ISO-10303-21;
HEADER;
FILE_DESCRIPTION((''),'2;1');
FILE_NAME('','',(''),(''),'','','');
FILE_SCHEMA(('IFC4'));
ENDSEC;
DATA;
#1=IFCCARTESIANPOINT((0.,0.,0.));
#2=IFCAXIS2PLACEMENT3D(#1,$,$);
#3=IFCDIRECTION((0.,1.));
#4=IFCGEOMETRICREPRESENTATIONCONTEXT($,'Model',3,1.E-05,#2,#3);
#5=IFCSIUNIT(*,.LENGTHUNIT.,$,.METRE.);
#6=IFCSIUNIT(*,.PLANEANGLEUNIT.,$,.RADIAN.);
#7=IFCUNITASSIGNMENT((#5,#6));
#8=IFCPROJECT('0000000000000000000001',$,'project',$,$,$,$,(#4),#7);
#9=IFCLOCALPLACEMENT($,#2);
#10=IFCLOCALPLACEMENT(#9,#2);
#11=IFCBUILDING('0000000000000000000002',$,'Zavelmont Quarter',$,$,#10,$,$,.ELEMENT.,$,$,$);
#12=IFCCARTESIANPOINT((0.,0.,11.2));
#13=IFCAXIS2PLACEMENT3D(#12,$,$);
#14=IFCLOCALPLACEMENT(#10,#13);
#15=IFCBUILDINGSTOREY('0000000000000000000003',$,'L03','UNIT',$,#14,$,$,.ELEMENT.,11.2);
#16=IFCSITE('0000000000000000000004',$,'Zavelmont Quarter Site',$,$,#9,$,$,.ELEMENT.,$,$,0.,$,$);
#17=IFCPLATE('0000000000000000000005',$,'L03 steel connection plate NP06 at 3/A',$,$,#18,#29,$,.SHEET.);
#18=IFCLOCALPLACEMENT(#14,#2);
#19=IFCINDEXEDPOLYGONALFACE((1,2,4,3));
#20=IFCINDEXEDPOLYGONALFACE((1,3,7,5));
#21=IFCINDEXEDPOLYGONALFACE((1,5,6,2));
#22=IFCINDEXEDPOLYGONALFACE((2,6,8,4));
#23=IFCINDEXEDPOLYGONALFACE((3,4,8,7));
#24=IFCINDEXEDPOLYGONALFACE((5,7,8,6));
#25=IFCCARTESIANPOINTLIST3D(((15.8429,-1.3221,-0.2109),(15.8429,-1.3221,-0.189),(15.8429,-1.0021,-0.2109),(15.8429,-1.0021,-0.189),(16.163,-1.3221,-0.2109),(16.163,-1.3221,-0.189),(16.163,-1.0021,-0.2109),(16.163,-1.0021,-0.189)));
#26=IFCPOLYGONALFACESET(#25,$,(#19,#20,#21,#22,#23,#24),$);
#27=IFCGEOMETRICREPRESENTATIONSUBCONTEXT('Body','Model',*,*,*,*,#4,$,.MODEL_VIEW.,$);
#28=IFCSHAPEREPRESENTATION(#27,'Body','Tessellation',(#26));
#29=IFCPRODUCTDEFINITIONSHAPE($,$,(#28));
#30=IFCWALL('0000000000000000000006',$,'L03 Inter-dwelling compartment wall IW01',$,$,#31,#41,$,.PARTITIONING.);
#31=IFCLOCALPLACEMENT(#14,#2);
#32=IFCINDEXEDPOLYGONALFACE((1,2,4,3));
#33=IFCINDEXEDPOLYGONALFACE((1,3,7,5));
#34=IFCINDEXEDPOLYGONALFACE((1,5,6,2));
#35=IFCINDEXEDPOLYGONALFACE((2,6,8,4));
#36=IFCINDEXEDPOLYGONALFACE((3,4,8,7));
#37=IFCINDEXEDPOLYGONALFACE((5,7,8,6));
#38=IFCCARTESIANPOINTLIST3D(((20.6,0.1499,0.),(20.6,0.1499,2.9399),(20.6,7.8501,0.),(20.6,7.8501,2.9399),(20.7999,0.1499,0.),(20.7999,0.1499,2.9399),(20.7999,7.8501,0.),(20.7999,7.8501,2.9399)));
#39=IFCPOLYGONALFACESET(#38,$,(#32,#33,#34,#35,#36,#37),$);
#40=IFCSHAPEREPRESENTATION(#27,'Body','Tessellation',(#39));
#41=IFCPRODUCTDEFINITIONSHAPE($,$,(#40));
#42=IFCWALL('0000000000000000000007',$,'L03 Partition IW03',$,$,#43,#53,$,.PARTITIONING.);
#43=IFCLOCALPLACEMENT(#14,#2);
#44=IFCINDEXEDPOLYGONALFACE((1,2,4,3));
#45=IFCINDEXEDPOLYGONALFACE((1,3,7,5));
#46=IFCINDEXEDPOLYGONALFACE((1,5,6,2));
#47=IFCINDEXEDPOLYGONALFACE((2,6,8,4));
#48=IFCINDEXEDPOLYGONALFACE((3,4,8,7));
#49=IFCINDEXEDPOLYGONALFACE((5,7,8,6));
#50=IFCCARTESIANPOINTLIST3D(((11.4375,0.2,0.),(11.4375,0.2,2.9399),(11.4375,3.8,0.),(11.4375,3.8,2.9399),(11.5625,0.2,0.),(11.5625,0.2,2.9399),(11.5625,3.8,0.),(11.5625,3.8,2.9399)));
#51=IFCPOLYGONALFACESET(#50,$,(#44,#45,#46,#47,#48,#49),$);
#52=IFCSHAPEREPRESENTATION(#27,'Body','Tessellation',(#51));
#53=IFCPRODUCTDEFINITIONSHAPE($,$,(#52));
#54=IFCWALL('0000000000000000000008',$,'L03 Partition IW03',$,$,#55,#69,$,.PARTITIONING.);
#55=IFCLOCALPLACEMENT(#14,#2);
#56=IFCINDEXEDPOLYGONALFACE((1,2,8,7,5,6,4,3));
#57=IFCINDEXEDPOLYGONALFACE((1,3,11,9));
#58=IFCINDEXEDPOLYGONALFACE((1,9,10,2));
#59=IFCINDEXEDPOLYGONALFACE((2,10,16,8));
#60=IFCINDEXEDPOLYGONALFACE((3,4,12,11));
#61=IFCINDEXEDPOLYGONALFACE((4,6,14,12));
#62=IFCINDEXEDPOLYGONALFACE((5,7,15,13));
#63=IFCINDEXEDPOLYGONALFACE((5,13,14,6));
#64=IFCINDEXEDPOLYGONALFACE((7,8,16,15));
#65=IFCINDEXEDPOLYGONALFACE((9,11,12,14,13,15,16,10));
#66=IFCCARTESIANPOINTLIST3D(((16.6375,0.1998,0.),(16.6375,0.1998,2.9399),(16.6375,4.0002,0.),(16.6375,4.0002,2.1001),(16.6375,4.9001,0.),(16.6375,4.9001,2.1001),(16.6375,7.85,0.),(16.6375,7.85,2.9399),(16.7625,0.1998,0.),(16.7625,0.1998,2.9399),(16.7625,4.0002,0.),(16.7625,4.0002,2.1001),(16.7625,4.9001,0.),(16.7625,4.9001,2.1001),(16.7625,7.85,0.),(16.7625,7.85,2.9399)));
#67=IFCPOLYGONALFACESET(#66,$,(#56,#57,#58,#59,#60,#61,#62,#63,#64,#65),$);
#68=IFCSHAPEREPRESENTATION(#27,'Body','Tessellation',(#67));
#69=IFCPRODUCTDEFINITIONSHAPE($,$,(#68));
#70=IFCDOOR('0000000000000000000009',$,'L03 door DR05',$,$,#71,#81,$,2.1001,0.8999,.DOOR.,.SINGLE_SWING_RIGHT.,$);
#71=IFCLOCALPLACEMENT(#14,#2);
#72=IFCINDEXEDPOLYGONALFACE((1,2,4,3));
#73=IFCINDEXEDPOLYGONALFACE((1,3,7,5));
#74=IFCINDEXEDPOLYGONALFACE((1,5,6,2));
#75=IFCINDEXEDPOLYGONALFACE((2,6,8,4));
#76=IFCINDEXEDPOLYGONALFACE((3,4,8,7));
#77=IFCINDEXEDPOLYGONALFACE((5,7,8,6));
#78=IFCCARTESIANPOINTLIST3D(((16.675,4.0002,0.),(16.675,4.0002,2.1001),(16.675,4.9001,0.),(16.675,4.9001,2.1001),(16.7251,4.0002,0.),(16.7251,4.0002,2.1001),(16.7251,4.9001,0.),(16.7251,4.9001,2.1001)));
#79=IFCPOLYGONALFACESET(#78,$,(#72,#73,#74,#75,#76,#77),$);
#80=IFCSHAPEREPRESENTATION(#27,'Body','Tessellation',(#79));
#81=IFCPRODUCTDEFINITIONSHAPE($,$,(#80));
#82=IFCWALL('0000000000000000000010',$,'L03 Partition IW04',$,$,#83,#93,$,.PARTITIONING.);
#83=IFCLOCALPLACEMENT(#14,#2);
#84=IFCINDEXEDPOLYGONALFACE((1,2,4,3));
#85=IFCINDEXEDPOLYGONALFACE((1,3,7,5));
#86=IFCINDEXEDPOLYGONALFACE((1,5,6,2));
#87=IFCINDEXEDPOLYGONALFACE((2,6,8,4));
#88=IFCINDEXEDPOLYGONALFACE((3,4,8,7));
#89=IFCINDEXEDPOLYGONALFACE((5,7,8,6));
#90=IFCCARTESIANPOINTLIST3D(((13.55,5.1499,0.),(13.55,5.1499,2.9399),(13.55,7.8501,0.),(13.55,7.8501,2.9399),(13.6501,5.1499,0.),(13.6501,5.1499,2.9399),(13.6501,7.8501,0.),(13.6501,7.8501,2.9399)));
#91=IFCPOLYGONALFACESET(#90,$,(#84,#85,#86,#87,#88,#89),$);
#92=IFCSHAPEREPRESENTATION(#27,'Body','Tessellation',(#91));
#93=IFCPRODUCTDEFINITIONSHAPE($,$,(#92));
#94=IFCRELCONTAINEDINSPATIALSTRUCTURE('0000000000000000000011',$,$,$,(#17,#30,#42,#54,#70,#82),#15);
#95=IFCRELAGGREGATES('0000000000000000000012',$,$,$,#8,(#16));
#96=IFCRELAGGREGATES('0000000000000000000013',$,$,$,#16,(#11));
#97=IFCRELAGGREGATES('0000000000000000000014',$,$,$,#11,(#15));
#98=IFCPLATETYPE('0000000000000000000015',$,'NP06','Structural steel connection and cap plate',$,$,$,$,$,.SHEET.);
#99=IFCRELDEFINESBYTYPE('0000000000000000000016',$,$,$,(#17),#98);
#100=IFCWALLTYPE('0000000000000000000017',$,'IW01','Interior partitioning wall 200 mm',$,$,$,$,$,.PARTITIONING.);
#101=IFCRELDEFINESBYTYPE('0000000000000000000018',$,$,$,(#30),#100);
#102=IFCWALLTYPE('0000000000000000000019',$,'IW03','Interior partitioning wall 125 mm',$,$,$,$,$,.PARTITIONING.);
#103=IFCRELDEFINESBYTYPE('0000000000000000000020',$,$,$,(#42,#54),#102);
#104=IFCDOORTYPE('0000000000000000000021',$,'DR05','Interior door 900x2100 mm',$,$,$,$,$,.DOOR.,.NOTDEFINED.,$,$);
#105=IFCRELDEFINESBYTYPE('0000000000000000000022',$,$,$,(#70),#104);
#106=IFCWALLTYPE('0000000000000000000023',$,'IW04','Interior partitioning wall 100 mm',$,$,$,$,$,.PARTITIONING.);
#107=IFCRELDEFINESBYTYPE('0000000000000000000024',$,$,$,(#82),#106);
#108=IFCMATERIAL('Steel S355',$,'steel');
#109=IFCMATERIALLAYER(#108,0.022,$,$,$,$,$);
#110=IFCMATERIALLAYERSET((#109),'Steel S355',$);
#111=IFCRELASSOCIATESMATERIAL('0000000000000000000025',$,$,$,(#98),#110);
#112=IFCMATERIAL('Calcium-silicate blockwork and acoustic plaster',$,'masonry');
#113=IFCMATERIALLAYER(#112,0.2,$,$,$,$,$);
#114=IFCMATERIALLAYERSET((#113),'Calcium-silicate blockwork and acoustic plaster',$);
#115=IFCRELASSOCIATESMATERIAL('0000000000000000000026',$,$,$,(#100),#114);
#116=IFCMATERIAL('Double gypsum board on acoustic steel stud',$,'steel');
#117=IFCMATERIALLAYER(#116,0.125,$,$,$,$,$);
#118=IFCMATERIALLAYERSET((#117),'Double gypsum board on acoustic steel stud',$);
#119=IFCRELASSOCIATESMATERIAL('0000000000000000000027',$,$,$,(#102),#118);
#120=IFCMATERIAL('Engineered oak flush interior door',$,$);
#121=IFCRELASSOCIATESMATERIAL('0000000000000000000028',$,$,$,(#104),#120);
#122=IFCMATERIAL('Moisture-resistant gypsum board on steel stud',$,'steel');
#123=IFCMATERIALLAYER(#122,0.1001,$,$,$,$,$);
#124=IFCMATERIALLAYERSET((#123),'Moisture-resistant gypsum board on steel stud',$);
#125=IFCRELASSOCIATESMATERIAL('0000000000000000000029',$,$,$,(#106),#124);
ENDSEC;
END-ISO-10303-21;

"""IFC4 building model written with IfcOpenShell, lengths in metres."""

from ifc_helpers import new_model, si_unit, direction, frame, frame_2d, origin, origin_2d, place, context, subcontext, project, spatial, rectangle, extrude, material, layer, layer_set, type_object, element, fill, save


model = new_model("IFC4")

# Units and contexts
model_context = context("Model", 3, precision=1e-05, world=origin(), true_north=direction((0.0, 1.0)))
body_context = subcontext(model_context, "Body", "Model", "MODEL_VIEW")
ifc_project = project(units=[si_unit("LENGTHUNIT", "METRE"), si_unit("PLANEANGLEUNIT", "RADIAN")], contexts=[model_context])

# Site, building, storey
site_placement = place(None, origin())
site = spatial("IfcSite", under=ifc_project, at=site_placement, Name="Zavelmont Quarter Site", CompositionType="ELEMENT", RefElevation=0.0)
building_placement = place(site_placement, origin())
building = spatial("IfcBuilding", under=site, at=building_placement, Name="Zavelmont Quarter", CompositionType="ELEMENT")
storey_placement = place(building_placement, frame((0.0, 0.0, 11.2)))
storey = spatial("IfcBuildingStorey", under=building, at=storey_placement, Name="L03", Description="UNIT", CompositionType="ELEMENT", Elevation=11.2)

# Shared definitions
ifc_material_1 = material(Name="Steel S355", Category="steel")

# Plate
ifc_layer_1 = layer(ifc_material_1, 0.022)
ifc_layer_set_1 = layer_set([ifc_layer_1], Name="Steel S355")
plate_type_1 = type_object("IfcPlateType", Name="NP06", Description="Structural steel connection and cap plate", PredefinedType="SHEET", material=ifc_layer_set_1)
plate_1_placement = place(storey_placement, frame((16.0029, -1.1621, -0.2109), z_axis=(0.0, 0.0, 1.0), x_axis=(1.0, 0.0, 0.0)))
element("IfcPlate", 1, at=plate_1_placement, inside=storey, type_object=plate_type_1, Name="L03 steel connection plate NP06 at 3/A", PredefinedType="SHEET", context=body_context, shape_type="SweptSolid", body=[
    extrude(rectangle(XDim=0.3201, YDim=0.3201, at=origin_2d()), origin(), (0.0, 0.0, 1.0), 0.022),
])

# Walls
ifc_material_2 = material(Name="Calcium-silicate blockwork and acoustic plaster", Category="masonry")
ifc_layer_2 = layer(ifc_material_2, 0.2)
ifc_layer_set_2 = layer_set([ifc_layer_2], Name="Calcium-silicate blockwork and acoustic plaster")
wall_type_1 = type_object("IfcWallType", Name="IW01", Description="Interior partitioning wall 200 mm", PredefinedType="PARTITIONING", material=ifc_layer_set_2)
wall_1_placement = place(storey_placement, frame((20.7, 7.8501, 0.0), z_axis=(0.0, 0.0, 1.0), x_axis=(0.0, -1.0, 0.0)))
element("IfcWall", 2, at=wall_1_placement, inside=storey, type_object=wall_type_1, Name="L03 Inter-dwelling compartment wall IW01", PredefinedType="PARTITIONING", context=body_context, shape_type="SweptSolid", body=[
    extrude(rectangle(XDim=7.7002, YDim=0.2, at=frame_2d((3.8501, 0.0))), origin(), (0.0, 0.0, 1.0), 2.9399),
])
ifc_material_3 = material(Name="Double gypsum board on acoustic steel stud", Category="steel")
ifc_layer_3 = layer(ifc_material_3, 0.125)
ifc_layer_set_3 = layer_set([ifc_layer_3], Name="Double gypsum board on acoustic steel stud")
wall_type_2 = type_object("IfcWallType", Name="IW03", Description="Interior partitioning wall 125 mm", PredefinedType="PARTITIONING", material=ifc_layer_set_3)
wall_2_placement = place(storey_placement, frame((11.5, 3.8, 0.0), z_axis=(0.0, 0.0, 1.0), x_axis=(0.0, -1.0, 0.0)))
element("IfcWall", 3, at=wall_2_placement, inside=storey, type_object=wall_type_2, Name="L03 Partition IW03", PredefinedType="PARTITIONING", context=body_context, shape_type="SweptSolid", body=[
    extrude(rectangle(XDim=3.6001, YDim=0.125, at=frame_2d((1.8, 0.0))), origin(), (0.0, 0.0, 1.0), 2.9399),
])

# Wall, opening, door
wall_3_placement = place(storey_placement, frame((16.7, 7.8501, 0.0), z_axis=(0.0, 0.0, 1.0), x_axis=(0.0, -1.0, 0.0)))
wall_3 = element("IfcWall", 4, at=wall_3_placement, inside=storey, type_object=wall_type_2, Name="L03 Partition IW03", PredefinedType="PARTITIONING", context=body_context, shape_type="SweptSolid", body=[
    extrude(rectangle(XDim=7.6501, YDim=0.125, at=frame_2d((3.8252, 0.0))), origin(), (0.0, 0.0, 1.0), 2.9399),
])
opening_placement = place(wall_3_placement, frame((2.95, 0.0, 0.0)))
opening = element("IfcOpeningElement", 5, at=opening_placement, cuts=wall_3, PredefinedType="OPENING", context=body_context, shape_type="SweptSolid", body=[
    extrude(rectangle(XDim=0.8999, YDim=2.1001, at=frame_2d((0.45, 1.05))), frame((0.0, 0.0745, 0.0), z_axis=(0.0, -1.0, 0.0), x_axis=(1.0, 0.0, 0.0)), (0.0, 0.0, 1.0), 0.1489),
])
ifc_material_4 = material(Name="Engineered oak flush interior door")
door_type = type_object("IfcDoorType", Name="DR05", Description="Interior door 900x2100 mm", OperationType="NOTDEFINED", PredefinedType="DOOR", material=ifc_material_4)
door_placement = place(opening_placement, frame((0.8999, 0.0, 0.0), z_axis=(0.0, 0.0, 1.0), x_axis=(-1.0, 0.0, 0.0)))
door = element("IfcDoor", 6, at=door_placement, inside=storey, type_object=door_type, Name="L03 door DR05", OperationType="SINGLE_SWING_RIGHT", OverallHeight=2.1001, OverallWidth=0.8999, PredefinedType="DOOR", context=body_context, shape_type="SweptSolid", body=[
    extrude(rectangle(XDim=0.8999, YDim=2.1001, at=frame_2d((0.45, 1.05))), frame((0.0, 0.0249, 0.0), z_axis=(0.0, -1.0, 0.0), x_axis=(1.0, 0.0, 0.0)), (0.0, 0.0, 1.0), 0.05),
])
fill(opening, door)

# Wall
ifc_material_5 = material(Name="Moisture-resistant gypsum board on steel stud", Category="steel")
ifc_layer_4 = layer(ifc_material_5, 0.1001)
ifc_layer_set_4 = layer_set([ifc_layer_4], Name="Moisture-resistant gypsum board on steel stud")
wall_type_3 = type_object("IfcWallType", Name="IW04", Description="Interior partitioning wall 100 mm", PredefinedType="PARTITIONING", material=ifc_layer_set_4)
wall_4_placement = place(storey_placement, frame((13.6001, 7.8501, 0.0), z_axis=(0.0, 0.0, 1.0), x_axis=(0.0, -1.0, 0.0)))
element("IfcWall", 7, at=wall_4_placement, inside=storey, type_object=wall_type_3, Name="L03 Partition IW04", PredefinedType="PARTITIONING", context=body_context, shape_type="SweptSolid", body=[
    extrude(rectangle(XDim=2.7002, YDim=0.1001, at=frame_2d((1.3501, 0.0))), origin(), (0.0, 0.0, 1.0), 2.9399),
])

save(model, "model.ifc")
